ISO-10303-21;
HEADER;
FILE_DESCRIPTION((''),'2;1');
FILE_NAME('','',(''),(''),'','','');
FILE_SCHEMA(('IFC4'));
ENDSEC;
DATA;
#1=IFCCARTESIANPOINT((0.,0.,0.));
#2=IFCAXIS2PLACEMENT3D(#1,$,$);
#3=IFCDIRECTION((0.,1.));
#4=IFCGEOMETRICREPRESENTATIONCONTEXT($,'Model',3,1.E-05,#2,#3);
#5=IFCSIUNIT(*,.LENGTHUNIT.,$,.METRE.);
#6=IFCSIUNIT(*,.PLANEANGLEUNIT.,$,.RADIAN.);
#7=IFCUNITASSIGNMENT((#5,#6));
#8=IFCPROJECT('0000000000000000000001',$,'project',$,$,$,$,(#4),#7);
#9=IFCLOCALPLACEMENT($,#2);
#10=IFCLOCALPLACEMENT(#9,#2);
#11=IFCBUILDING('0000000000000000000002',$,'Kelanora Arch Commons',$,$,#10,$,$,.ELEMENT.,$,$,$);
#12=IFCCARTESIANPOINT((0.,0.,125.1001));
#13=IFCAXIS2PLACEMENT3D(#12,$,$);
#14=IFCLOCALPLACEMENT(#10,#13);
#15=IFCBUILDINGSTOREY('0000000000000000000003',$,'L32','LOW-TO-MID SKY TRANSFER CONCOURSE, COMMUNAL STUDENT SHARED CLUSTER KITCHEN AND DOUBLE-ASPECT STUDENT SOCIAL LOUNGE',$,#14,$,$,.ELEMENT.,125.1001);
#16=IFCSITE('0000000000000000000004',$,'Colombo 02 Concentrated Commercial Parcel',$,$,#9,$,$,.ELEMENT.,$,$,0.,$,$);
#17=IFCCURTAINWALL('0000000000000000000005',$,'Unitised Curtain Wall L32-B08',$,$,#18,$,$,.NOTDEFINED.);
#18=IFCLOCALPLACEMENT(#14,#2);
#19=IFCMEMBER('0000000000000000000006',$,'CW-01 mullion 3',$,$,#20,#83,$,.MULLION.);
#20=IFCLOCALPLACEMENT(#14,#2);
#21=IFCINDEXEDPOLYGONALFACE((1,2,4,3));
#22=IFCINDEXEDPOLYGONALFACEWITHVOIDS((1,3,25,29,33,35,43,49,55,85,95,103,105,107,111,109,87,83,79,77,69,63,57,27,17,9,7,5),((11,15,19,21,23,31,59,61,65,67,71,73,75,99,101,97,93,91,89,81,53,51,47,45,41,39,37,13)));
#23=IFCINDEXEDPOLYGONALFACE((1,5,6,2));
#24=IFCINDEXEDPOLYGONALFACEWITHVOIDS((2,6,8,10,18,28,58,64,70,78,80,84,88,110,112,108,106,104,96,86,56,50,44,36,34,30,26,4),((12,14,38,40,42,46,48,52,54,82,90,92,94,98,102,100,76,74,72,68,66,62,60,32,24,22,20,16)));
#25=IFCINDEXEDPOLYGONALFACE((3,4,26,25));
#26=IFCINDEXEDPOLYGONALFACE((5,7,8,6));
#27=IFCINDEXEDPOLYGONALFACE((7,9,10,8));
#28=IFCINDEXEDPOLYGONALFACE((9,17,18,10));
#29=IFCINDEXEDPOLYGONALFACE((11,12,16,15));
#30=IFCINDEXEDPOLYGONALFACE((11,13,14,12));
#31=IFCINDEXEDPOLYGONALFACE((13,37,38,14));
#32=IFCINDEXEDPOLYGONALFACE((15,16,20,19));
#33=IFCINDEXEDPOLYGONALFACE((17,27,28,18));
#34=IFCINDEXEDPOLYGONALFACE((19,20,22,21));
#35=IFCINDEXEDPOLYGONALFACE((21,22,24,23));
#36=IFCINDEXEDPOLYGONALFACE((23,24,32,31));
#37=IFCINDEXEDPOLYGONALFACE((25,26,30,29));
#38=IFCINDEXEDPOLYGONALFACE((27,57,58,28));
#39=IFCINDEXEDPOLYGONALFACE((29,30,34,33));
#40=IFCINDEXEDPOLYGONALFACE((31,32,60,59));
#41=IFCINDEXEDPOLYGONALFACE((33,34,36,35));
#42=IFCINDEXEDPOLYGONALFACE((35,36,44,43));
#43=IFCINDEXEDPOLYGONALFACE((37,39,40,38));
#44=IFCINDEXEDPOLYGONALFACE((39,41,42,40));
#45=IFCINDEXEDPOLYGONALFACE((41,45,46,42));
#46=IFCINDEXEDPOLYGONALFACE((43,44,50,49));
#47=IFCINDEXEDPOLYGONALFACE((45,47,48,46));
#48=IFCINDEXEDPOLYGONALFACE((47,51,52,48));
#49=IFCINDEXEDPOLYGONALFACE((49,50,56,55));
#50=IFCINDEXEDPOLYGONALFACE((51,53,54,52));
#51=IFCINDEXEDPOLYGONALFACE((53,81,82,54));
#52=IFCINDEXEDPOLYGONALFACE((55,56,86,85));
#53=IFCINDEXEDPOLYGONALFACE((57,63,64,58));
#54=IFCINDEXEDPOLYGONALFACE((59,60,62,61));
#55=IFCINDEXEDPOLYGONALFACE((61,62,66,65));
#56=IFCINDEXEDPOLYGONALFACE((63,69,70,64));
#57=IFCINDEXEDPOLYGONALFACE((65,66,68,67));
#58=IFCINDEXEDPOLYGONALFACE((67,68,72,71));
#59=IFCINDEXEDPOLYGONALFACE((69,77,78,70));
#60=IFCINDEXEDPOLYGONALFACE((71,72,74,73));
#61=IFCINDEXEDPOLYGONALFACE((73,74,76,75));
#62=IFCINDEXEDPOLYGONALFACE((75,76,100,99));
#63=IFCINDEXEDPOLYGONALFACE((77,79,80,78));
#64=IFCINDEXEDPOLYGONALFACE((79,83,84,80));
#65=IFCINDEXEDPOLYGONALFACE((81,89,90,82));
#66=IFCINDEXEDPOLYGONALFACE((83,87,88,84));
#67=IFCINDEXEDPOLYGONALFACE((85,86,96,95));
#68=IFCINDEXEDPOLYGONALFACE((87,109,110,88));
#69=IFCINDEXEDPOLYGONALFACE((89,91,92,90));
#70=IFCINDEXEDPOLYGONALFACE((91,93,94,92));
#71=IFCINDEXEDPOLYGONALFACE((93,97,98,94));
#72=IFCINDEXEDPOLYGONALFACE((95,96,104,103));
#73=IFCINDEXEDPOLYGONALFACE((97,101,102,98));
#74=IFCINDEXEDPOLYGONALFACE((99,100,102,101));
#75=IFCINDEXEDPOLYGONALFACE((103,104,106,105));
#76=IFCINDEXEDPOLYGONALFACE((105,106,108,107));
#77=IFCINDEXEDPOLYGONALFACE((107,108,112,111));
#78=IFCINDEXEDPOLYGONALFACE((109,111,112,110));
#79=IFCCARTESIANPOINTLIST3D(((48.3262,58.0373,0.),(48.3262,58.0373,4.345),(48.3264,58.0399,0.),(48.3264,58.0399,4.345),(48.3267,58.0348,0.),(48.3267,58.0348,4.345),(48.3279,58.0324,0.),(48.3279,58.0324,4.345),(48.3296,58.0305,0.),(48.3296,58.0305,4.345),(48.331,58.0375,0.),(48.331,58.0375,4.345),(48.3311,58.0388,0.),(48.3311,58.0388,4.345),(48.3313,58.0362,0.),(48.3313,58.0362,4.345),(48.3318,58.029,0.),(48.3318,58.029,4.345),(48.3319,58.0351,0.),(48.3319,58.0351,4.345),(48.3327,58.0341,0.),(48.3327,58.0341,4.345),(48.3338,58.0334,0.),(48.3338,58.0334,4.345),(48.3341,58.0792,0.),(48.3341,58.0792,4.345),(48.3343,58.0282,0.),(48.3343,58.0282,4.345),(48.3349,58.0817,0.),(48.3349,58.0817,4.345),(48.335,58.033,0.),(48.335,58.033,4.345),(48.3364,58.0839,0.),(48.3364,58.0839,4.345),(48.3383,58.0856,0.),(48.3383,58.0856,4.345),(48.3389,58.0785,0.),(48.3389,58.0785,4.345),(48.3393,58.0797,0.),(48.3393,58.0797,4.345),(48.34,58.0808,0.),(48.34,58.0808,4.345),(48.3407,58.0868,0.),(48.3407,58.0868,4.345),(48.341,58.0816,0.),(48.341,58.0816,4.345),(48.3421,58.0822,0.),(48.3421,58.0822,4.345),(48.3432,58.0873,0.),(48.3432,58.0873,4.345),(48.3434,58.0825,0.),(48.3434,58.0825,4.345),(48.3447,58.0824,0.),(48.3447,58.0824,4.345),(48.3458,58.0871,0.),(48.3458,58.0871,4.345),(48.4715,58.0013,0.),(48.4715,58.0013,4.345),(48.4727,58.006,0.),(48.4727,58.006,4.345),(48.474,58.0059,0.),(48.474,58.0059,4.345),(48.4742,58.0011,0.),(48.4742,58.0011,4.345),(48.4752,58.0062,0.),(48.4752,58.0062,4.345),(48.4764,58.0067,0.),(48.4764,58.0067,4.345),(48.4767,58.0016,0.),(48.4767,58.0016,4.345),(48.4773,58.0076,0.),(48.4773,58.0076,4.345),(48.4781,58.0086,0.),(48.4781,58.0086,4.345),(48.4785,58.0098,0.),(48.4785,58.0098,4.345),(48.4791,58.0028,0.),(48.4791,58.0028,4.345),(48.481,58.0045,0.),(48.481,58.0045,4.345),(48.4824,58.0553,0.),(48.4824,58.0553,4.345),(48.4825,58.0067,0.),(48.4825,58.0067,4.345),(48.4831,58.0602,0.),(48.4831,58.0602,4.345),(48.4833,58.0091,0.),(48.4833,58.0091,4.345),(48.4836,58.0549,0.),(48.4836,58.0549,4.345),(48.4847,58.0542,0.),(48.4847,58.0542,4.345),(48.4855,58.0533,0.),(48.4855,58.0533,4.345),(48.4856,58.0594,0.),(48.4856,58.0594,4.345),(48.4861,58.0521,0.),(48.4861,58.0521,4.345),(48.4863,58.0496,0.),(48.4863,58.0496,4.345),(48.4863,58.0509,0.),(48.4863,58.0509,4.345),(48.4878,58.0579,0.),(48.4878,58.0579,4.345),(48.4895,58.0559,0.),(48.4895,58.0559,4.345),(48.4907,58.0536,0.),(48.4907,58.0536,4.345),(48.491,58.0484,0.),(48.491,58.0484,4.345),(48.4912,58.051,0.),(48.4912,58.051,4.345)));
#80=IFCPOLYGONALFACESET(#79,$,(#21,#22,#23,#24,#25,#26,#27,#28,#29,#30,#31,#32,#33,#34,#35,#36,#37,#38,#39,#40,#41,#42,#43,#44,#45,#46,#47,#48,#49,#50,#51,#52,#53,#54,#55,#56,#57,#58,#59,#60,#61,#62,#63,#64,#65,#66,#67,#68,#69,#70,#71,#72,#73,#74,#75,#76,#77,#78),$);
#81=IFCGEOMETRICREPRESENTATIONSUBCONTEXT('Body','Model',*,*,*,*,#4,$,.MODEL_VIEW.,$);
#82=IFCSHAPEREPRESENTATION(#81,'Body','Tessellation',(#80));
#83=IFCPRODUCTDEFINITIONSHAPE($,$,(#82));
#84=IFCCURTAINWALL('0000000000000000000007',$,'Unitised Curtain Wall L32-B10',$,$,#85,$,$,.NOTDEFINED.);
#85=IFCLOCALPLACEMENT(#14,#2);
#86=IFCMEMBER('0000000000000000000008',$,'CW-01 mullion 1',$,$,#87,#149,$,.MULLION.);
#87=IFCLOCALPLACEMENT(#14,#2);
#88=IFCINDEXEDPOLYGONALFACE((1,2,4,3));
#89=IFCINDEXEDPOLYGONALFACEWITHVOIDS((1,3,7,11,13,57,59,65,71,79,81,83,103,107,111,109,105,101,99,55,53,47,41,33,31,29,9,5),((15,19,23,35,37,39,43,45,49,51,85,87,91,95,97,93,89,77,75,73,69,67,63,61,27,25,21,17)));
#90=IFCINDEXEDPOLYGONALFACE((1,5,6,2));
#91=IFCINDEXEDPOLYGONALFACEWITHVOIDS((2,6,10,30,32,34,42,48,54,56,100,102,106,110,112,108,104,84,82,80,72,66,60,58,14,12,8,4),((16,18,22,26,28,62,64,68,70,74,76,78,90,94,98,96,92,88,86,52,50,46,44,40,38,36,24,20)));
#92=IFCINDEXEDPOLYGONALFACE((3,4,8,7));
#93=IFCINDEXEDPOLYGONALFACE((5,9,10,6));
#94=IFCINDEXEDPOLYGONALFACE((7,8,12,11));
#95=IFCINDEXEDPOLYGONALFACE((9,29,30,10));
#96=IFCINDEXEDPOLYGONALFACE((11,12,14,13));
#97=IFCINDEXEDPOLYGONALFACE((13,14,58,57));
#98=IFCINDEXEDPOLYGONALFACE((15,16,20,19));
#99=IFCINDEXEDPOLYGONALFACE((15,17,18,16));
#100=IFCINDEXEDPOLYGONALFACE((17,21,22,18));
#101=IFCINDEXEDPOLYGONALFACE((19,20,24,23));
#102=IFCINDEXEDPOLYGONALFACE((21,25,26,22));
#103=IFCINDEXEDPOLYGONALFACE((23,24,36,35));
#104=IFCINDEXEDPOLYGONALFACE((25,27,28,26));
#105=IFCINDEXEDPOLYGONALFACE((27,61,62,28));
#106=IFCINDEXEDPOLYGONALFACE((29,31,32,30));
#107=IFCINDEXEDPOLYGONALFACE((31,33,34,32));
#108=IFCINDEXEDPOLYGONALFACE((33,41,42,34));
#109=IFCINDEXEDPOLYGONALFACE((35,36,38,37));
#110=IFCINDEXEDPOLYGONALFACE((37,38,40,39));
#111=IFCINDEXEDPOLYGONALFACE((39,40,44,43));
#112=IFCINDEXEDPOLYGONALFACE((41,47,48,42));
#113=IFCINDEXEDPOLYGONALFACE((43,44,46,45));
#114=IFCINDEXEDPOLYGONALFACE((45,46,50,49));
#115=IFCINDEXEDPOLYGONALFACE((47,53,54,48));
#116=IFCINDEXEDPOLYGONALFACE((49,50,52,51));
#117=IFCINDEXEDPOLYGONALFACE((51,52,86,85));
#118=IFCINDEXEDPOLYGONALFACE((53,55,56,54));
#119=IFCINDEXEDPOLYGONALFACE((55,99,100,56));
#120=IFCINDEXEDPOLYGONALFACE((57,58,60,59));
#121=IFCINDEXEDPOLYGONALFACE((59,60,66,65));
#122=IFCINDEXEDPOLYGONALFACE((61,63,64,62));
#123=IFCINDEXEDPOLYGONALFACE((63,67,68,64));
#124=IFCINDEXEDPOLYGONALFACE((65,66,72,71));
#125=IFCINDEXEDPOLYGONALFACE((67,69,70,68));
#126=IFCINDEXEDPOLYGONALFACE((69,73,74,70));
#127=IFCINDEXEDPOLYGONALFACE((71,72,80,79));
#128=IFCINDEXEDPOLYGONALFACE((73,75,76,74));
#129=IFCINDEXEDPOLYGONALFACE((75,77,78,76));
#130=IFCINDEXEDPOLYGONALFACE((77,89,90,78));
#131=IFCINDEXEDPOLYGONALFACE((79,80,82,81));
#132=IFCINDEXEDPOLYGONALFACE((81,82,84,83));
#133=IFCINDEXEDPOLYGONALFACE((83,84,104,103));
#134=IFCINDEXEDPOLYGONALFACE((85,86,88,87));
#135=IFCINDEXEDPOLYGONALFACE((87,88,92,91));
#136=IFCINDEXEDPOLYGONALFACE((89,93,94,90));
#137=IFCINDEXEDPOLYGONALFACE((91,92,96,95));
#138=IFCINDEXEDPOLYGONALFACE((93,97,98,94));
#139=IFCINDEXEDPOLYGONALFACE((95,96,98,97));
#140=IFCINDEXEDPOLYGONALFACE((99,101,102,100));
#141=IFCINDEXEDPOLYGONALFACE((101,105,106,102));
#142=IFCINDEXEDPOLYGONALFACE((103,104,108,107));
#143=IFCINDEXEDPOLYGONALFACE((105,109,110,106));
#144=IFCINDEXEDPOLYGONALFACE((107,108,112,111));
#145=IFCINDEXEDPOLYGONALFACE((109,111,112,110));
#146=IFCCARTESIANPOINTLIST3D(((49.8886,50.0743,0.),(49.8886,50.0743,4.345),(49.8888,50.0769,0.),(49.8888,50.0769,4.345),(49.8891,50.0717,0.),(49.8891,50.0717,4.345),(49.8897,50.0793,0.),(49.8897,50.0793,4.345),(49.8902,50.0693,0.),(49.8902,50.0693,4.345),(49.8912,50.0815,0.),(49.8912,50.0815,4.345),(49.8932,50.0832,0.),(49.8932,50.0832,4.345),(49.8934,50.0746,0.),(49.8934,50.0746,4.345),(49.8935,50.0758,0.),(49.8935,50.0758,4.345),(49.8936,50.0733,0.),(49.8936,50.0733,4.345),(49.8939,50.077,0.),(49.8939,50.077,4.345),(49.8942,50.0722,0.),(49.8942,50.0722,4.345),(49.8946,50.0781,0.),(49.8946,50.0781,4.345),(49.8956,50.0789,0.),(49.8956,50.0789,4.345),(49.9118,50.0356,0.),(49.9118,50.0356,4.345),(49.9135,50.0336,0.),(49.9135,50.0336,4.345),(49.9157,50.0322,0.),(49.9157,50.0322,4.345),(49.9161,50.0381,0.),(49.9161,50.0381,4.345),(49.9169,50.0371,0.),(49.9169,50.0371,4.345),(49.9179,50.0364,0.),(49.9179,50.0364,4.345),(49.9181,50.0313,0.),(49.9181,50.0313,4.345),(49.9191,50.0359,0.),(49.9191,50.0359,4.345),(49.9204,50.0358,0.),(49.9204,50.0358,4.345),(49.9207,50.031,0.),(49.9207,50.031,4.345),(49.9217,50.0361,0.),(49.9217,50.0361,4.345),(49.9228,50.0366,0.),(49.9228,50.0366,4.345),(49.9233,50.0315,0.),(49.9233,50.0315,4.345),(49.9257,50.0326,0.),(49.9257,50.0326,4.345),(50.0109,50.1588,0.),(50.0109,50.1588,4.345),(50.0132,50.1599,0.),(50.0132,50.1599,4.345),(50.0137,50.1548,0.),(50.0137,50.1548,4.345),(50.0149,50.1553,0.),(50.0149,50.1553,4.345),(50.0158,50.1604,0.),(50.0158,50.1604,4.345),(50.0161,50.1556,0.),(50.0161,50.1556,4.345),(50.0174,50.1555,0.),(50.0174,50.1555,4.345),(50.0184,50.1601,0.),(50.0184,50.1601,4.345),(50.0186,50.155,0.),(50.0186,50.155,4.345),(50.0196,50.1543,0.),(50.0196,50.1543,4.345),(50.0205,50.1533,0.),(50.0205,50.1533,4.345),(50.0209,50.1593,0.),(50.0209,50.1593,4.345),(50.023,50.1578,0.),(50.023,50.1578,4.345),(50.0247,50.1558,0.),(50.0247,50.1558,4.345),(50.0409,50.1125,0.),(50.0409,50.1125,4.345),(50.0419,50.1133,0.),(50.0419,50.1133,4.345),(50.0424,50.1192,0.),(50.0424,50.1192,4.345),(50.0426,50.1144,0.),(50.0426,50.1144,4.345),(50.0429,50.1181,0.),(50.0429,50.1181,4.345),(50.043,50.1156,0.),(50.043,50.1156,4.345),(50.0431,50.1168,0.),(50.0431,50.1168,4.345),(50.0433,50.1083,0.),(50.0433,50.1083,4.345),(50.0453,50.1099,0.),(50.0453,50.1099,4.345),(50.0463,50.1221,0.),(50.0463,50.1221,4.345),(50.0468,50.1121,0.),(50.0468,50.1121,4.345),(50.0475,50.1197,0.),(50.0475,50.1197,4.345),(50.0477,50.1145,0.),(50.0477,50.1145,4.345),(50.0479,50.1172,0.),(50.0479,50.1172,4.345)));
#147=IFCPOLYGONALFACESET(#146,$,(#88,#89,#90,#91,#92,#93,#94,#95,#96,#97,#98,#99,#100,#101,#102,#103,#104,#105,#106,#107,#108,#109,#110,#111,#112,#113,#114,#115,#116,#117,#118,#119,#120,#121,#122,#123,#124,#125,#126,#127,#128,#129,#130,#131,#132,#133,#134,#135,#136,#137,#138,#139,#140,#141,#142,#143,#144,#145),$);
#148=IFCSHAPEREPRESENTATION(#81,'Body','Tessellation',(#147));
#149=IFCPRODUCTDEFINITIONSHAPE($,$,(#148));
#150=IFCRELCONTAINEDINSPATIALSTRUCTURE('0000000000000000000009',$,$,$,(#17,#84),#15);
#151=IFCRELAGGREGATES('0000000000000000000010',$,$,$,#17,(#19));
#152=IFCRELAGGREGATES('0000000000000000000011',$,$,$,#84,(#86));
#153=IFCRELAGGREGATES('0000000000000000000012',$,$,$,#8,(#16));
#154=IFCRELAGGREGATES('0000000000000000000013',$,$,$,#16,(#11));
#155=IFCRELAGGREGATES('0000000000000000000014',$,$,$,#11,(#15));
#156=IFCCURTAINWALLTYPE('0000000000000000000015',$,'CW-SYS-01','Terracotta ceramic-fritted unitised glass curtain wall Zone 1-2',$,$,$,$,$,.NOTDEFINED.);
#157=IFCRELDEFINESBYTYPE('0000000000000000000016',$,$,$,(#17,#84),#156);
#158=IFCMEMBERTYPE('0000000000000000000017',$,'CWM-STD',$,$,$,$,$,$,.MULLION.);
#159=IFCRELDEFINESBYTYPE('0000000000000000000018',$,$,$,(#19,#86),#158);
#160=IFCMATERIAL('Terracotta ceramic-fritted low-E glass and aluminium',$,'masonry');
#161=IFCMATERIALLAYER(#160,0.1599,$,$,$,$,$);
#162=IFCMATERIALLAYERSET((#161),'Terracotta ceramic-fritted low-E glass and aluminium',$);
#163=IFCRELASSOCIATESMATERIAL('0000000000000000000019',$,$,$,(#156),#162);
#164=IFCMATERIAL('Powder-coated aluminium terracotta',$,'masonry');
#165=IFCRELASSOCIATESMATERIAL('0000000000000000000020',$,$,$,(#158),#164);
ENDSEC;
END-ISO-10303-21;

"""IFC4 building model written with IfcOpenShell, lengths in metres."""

from ifc_helpers import new_model, si_unit, direction, frame, origin, origin_2d, place, context, subcontext, project, spatial, hollow_rectangle, extrude, material, layer, layer_set, material_profile, profile_set, type_object, element, aggregate, save


model = new_model("IFC4")

# Units and contexts
model_context = context("Model", 3, precision=1e-05, world=origin(), true_north=direction((0.0, 1.0)))
body_context = subcontext(model_context, "Body", "Model", "MODEL_VIEW")
ifc_project = project(units=[si_unit("LENGTHUNIT", "METRE"), si_unit("PLANEANGLEUNIT", "RADIAN")], contexts=[model_context])

# Site, building, storey
site_placement = place(None, origin())
site = spatial("IfcSite", under=ifc_project, at=site_placement, Name="Colombo 02 Concentrated Commercial Parcel", CompositionType="ELEMENT", RefElevation=0.0)
building_placement = place(site_placement, origin())
building = spatial("IfcBuilding", under=site, at=building_placement, Name="Kelanora Arch Commons", CompositionType="ELEMENT")
storey_placement = place(building_placement, frame((0.0, 0.0, 125.1001)))
storey = spatial("IfcBuildingStorey", under=building, at=storey_placement, Name="L32", Description="LOW-TO-MID SKY TRANSFER CONCOURSE, COMMUNAL STUDENT SHARED CLUSTER KITCHEN AND DOUBLE-ASPECT STUDENT SOCIAL LOUNGE", CompositionType="ELEMENT", Elevation=125.1001)

# Curtain wall, member
ifc_material_1 = material(Name="Terracotta ceramic-fritted low-E glass and aluminium", Category="masonry")
ifc_layer_1 = layer(ifc_material_1, 0.1599)
ifc_layer_set_1 = layer_set([ifc_layer_1], Name="Terracotta ceramic-fritted low-E glass and aluminium")
curtain_wall_type = type_object("IfcCurtainWallType", Name="CW-SYS-01", Description="Terracotta ceramic-fritted unitised glass curtain wall Zone 1-2", PredefinedType="NOTDEFINED", material=ifc_layer_set_1)
curtain_wall_1_placement = place(storey_placement, origin())
curtain_wall_1 = element("IfcCurtainWall", 1, at=curtain_wall_1_placement, inside=storey, type_object=curtain_wall_type, Name="Unitised Curtain Wall L32-B08", PredefinedType="NOTDEFINED")
ifc_material_2 = material(Name="Powder-coated aluminium terracotta", Category="masonry")
ifc_material_profile_1 = material_profile(ifc_material_2, hollow_rectangle(XDim=0.1599, YDim=0.0601, WallThickness=0.0049, InnerFilletRadius=0.0049, OuterFilletRadius=0.01, at=origin_2d()), Name="CWM160x60")
ifc_profile_set_1 = profile_set([ifc_material_profile_1], Name="Powder-coated aluminium terracotta")
member_type_1 = type_object("IfcMemberType", Name="CWM-STD", PredefinedType="MULLION", material=ifc_profile_set_1)
member_1_placement = place(storey_placement, frame((48.4087, 58.0442, 0.0), z_axis=(0.0, 0.0, 1.0), x_axis=(0.98128, -0.192585, 0.0)))
member_1 = element("IfcMember", 2, at=member_1_placement, type_object=member_type_1, Name="CW-01 mullion 3", PredefinedType="MULLION", context=body_context, shape_type="SweptSolid", body=[
    extrude(hollow_rectangle(XDim=0.1599, YDim=0.0601, WallThickness=0.0049, InnerFilletRadius=0.0049, OuterFilletRadius=0.01, at=origin_2d()), origin(), (0.0, 0.0, 1.0), 4.345),
])
aggregate(curtain_wall_1, [member_1])

# Curtain wall, member
curtain_wall_2_placement = place(storey_placement, origin())
curtain_wall_2 = element("IfcCurtainWall", 3, at=curtain_wall_2_placement, inside=storey, type_object=curtain_wall_type, Name="Unitised Curtain Wall L32-B10", PredefinedType="NOTDEFINED")
member_2_placement = place(storey_placement, frame((49.9683, 50.0957, 0.0), z_axis=(0.0, 0.0, 1.0), x_axis=(0.841269, 0.540617, 0.0)))
member_2 = element("IfcMember", 4, at=member_2_placement, type_object=member_type_1, Name="CW-01 mullion 1", PredefinedType="MULLION", context=body_context, shape_type="SweptSolid", body=[
    extrude(hollow_rectangle(XDim=0.1599, YDim=0.0601, WallThickness=0.0049, InnerFilletRadius=0.0049, OuterFilletRadius=0.01, at=origin_2d()), origin(), (0.0, 0.0, 1.0), 4.345),
])

aggregate(curtain_wall_2, [member_2])

save(model, "model.ifc")
